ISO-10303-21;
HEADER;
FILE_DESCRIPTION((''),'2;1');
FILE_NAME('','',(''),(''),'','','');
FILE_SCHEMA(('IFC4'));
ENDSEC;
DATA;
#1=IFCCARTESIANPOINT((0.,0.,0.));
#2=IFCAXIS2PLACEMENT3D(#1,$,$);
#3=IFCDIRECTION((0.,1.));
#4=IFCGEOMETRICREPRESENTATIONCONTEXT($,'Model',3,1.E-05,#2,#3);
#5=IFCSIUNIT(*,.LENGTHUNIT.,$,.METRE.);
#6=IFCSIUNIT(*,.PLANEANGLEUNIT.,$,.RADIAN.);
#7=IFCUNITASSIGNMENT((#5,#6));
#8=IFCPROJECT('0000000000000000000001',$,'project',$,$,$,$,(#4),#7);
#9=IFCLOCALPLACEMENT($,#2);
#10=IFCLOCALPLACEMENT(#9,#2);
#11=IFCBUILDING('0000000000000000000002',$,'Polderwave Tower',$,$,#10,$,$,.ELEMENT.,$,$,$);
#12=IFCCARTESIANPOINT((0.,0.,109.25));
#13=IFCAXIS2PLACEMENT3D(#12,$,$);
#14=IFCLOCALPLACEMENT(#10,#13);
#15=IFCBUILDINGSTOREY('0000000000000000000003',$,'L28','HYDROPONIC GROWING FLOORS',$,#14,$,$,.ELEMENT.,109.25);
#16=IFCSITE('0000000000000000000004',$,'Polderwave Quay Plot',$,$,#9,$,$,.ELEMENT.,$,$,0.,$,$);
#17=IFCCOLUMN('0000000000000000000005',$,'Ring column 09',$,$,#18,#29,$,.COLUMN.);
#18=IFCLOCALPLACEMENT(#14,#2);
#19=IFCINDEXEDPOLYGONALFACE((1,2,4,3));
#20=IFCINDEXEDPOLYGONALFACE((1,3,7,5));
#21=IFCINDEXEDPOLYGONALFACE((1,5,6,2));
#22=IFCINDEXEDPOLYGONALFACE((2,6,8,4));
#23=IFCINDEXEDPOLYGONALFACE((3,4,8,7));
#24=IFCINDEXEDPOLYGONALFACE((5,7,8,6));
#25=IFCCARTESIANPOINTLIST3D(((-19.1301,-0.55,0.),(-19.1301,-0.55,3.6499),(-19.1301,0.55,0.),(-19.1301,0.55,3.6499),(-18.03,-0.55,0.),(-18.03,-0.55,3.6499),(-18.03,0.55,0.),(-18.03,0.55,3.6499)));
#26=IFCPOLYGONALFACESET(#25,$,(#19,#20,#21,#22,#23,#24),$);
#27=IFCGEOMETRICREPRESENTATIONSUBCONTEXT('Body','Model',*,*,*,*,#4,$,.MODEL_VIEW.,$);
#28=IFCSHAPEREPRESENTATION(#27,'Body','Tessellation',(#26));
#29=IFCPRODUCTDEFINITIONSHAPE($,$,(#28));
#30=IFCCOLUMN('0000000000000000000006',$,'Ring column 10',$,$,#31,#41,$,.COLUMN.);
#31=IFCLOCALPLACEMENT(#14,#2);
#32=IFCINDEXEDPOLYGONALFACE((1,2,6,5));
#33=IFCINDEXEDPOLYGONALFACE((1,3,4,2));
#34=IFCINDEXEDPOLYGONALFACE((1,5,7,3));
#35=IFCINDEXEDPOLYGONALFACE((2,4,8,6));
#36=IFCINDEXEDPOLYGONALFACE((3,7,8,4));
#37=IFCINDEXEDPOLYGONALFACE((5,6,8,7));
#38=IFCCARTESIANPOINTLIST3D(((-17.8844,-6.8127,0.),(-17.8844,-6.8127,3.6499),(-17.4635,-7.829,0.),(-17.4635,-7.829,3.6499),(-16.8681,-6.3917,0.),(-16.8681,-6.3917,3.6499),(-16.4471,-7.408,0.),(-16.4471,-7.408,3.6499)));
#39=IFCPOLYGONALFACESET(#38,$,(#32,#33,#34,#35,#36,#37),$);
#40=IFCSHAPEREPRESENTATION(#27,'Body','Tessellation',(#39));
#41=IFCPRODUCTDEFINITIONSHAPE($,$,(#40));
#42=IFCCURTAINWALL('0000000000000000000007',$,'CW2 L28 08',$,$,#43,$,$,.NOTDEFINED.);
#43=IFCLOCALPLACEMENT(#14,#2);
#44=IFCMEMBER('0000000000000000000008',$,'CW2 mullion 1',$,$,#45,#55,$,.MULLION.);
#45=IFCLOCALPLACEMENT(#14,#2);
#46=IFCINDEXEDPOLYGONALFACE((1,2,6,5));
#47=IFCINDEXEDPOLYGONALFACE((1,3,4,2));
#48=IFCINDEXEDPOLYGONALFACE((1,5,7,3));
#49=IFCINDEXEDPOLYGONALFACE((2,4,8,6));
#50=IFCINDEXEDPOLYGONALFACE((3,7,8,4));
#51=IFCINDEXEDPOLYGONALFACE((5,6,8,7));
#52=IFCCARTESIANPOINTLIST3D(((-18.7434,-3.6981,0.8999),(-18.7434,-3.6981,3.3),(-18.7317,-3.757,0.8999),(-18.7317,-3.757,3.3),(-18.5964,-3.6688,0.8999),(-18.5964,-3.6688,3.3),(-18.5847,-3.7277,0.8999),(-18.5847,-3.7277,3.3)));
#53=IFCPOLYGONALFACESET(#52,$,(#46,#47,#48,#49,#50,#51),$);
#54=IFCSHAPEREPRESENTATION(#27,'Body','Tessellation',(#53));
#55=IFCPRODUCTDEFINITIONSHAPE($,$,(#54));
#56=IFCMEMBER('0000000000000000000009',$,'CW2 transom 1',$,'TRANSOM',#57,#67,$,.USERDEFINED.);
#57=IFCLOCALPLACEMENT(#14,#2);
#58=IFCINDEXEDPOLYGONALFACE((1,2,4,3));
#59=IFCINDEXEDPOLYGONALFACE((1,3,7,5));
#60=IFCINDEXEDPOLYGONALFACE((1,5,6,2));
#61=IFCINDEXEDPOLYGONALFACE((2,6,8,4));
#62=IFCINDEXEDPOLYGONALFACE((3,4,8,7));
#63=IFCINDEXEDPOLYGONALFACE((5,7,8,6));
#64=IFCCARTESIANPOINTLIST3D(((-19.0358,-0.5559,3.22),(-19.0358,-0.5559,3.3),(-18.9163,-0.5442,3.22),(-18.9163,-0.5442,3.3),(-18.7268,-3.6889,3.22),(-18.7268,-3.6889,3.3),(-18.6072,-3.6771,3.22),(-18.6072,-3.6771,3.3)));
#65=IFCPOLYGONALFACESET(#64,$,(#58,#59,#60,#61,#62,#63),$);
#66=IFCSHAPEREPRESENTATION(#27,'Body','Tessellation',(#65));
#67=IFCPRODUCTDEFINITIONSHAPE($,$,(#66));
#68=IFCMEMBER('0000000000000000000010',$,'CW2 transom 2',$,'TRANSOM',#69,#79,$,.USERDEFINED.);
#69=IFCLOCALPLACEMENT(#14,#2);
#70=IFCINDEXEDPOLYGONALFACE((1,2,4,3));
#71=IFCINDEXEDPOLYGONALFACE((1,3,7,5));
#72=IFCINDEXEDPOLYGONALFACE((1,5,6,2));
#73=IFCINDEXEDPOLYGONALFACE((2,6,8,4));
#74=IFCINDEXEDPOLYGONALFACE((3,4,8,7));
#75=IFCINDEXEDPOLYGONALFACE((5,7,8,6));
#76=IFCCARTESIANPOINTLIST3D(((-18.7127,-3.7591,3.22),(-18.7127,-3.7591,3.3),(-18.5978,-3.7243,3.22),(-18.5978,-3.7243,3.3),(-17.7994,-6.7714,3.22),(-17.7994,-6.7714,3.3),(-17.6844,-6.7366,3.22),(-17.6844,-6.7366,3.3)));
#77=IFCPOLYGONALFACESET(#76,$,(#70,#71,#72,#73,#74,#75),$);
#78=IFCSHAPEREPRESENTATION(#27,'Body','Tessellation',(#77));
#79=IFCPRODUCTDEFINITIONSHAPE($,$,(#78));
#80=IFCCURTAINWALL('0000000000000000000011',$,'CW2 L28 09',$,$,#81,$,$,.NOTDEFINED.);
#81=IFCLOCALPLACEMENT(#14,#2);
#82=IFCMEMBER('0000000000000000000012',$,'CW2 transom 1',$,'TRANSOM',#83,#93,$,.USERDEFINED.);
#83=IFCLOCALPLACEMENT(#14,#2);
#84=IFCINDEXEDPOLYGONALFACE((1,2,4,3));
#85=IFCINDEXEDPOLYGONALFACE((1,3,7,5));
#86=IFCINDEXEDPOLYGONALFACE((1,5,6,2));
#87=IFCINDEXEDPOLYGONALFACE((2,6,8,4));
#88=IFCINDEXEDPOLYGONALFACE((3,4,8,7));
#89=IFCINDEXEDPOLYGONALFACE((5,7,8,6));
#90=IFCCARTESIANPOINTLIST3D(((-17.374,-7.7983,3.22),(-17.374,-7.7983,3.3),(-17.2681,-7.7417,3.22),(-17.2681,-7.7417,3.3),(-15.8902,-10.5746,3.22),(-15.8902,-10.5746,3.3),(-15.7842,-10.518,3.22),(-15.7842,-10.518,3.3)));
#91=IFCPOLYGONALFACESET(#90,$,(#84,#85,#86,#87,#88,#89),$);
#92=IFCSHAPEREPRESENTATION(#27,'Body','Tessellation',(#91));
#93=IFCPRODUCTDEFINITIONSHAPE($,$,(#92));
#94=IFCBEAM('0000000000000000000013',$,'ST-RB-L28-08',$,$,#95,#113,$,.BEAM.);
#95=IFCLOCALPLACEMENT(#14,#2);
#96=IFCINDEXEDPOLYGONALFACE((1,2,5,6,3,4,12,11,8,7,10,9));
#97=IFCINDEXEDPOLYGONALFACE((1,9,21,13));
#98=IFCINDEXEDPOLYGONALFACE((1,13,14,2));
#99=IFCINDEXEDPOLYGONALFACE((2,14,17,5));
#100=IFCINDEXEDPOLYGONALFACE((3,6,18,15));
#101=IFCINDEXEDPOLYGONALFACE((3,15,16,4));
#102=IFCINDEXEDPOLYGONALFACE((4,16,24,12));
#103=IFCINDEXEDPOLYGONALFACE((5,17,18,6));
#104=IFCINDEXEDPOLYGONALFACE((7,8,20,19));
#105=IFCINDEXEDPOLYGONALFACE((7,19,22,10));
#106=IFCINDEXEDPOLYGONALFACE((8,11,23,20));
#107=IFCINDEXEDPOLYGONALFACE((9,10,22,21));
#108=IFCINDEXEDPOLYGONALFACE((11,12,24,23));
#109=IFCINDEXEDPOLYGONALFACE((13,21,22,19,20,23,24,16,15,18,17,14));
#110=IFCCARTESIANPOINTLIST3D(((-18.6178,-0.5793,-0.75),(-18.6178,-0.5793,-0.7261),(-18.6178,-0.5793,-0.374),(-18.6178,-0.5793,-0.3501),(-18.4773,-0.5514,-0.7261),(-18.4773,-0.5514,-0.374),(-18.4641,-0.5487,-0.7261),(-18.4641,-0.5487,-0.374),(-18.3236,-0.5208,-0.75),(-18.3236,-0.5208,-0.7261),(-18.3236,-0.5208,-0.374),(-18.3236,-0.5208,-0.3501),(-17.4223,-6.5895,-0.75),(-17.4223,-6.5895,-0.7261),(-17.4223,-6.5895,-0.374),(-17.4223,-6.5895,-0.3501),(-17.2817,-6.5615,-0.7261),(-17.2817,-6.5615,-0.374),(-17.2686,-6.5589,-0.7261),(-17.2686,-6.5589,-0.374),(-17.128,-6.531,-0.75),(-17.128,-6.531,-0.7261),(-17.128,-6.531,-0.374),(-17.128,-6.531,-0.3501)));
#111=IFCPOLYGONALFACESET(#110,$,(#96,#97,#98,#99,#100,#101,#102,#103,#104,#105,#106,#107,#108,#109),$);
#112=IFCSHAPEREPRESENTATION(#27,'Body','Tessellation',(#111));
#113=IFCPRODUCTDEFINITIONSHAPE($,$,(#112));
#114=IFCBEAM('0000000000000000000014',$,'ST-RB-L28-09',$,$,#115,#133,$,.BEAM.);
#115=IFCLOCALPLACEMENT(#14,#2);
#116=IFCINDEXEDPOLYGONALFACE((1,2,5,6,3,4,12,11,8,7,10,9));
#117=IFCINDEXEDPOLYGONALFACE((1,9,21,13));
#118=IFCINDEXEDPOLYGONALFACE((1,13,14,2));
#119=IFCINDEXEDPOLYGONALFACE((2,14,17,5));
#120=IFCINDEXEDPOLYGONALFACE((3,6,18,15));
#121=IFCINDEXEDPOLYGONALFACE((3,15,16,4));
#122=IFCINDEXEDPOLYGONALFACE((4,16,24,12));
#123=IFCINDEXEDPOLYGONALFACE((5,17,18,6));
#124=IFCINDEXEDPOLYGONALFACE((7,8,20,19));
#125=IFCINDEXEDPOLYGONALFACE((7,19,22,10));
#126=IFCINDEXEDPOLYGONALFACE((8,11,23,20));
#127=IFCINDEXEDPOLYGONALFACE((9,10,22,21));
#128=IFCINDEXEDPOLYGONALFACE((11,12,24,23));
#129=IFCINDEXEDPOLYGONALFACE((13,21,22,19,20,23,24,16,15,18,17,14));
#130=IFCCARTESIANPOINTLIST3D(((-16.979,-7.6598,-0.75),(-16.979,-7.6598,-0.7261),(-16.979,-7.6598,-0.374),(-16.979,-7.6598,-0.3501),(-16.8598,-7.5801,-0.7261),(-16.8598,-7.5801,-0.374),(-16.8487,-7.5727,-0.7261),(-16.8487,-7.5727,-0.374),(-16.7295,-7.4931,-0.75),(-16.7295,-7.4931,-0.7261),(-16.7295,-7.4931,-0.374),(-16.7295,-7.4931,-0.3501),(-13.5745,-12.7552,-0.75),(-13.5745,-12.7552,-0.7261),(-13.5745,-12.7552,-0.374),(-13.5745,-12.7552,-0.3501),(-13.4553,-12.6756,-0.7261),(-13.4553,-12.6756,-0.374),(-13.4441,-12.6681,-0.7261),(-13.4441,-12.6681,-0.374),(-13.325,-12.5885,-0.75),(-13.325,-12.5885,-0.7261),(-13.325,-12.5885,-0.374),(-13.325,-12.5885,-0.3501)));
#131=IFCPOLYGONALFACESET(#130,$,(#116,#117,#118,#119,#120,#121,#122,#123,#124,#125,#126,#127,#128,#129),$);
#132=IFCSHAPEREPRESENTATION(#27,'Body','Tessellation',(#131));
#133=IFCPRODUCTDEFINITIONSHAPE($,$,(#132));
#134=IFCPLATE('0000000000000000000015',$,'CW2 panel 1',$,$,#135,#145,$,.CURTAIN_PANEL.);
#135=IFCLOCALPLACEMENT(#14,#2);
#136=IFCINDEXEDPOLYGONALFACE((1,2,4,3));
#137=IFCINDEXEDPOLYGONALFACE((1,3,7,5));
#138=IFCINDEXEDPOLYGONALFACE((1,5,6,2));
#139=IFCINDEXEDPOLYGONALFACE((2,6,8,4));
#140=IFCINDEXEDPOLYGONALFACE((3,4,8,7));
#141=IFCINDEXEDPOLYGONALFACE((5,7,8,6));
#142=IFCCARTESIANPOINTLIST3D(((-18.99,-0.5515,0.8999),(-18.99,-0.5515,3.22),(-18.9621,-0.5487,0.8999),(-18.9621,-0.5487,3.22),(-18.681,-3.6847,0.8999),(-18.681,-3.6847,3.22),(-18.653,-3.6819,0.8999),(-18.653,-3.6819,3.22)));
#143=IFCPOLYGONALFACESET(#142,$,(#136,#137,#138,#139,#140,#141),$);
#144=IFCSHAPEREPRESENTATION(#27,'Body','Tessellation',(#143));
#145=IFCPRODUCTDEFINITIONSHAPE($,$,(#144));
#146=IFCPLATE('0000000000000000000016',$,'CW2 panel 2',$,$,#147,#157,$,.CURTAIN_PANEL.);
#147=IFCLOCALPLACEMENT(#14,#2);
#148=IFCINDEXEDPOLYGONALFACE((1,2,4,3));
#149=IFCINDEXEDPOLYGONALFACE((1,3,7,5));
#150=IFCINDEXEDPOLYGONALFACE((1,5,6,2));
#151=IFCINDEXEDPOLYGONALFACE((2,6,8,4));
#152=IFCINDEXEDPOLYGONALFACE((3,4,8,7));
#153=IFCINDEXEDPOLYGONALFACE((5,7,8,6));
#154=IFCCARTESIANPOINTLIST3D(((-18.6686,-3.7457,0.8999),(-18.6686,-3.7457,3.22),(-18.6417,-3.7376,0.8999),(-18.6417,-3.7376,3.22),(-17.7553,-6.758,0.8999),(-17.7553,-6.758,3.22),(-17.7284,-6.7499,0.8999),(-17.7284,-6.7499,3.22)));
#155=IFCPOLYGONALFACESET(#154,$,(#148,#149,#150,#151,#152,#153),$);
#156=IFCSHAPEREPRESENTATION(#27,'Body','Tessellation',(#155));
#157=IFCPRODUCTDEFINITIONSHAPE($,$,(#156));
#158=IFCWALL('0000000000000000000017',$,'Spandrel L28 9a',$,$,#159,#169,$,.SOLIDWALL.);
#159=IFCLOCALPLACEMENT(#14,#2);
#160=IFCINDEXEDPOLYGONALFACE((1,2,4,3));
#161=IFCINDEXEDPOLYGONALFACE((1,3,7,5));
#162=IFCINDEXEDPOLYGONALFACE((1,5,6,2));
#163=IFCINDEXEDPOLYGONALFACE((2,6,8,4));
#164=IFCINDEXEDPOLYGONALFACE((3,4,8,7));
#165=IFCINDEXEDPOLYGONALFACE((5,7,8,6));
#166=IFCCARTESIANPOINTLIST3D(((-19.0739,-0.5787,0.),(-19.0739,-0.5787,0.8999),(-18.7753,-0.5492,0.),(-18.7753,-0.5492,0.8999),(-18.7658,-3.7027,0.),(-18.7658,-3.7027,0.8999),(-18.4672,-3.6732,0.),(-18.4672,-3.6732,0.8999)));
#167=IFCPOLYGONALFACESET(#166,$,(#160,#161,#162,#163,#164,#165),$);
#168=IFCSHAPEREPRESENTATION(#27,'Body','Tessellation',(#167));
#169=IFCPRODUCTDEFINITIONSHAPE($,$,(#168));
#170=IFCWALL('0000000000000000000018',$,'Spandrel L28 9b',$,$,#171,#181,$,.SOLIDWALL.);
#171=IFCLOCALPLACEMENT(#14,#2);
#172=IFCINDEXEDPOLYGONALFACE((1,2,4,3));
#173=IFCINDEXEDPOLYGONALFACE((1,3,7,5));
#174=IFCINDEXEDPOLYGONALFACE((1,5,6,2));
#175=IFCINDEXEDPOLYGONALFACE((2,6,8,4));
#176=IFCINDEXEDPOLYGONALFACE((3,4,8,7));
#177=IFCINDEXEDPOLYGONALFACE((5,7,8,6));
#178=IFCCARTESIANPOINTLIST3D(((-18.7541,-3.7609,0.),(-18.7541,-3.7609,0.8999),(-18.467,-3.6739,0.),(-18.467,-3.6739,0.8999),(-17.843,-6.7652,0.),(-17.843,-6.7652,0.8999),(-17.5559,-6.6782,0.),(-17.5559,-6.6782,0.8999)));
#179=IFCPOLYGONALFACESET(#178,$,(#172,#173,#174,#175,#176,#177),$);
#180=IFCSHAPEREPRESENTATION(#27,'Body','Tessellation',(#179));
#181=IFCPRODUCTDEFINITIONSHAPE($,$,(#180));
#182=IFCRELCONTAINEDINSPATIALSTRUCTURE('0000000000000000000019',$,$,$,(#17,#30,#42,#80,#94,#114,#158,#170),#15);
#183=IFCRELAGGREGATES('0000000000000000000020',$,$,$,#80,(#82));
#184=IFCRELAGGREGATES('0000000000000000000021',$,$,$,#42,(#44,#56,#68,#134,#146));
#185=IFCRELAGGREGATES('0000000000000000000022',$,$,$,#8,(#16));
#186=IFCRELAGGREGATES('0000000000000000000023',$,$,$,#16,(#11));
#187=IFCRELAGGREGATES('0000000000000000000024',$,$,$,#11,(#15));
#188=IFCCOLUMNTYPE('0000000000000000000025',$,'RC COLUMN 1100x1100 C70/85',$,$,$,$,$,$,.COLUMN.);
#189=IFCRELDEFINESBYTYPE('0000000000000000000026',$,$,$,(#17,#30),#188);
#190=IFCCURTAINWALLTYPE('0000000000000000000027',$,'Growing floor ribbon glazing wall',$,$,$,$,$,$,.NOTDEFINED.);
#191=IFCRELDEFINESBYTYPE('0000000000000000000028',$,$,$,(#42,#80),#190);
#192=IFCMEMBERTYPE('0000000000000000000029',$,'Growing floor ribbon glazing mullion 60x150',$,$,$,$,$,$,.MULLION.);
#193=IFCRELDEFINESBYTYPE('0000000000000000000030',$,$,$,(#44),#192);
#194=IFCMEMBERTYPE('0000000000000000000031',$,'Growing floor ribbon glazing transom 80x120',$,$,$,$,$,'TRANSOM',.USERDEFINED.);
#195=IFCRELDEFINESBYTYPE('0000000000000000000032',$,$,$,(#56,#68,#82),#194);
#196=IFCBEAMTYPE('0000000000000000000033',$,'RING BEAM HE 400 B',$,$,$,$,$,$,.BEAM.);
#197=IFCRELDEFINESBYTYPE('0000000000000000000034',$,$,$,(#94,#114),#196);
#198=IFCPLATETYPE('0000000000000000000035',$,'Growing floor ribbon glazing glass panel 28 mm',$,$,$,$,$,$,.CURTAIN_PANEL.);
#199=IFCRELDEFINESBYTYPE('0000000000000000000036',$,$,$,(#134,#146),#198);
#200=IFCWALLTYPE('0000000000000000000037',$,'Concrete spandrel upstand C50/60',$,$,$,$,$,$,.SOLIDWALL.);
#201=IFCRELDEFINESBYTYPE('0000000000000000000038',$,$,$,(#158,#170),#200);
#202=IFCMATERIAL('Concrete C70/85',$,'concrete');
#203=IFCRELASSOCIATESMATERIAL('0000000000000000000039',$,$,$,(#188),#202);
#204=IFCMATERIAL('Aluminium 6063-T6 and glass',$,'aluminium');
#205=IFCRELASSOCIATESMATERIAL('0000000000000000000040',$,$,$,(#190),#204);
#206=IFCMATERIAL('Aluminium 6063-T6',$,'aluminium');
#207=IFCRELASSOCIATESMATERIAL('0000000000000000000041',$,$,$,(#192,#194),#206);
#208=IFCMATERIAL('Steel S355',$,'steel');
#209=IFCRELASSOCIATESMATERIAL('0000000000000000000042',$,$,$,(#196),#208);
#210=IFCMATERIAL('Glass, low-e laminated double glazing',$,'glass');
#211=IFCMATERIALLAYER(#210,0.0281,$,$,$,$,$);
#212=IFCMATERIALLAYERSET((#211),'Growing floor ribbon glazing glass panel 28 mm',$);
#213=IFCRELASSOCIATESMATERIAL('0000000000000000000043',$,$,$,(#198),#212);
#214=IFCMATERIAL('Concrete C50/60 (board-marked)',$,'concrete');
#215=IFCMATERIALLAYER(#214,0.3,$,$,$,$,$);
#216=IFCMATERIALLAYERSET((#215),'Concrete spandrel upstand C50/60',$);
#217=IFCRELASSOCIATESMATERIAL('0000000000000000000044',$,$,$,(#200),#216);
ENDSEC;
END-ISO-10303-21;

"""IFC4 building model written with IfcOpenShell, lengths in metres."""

from ifc_helpers import new_model, si_unit, direction, frame, frame_2d, origin, origin_2d, place, context, subcontext, project, spatial, rectangle, i_section, extrude, material, layer, layer_set, material_profile, profile_set, type_object, element, aggregate, save


model = new_model("IFC4")

# Units and contexts
model_context = context("Model", 3, precision=1e-05, world=origin(), true_north=direction((0.0, 1.0)))
body_context = subcontext(model_context, "Body", "Model", "MODEL_VIEW")
ifc_project = project(units=[si_unit("LENGTHUNIT", "METRE"), si_unit("PLANEANGLEUNIT", "RADIAN")], contexts=[model_context])

# Site, building, storey
site_placement = place(None, origin())
site = spatial("IfcSite", under=ifc_project, at=site_placement, Name="Polderwave Quay Plot", CompositionType="ELEMENT", RefElevation=0.0)
building_placement = place(site_placement, origin())
building = spatial("IfcBuilding", under=site, at=building_placement, Name="Polderwave Tower", CompositionType="ELEMENT")
storey_placement = place(building_placement, frame((0.0, 0.0, 109.25)))
storey = spatial("IfcBuildingStorey", under=building, at=storey_placement, Name="L28", Description="HYDROPONIC GROWING FLOORS", CompositionType="ELEMENT", Elevation=109.25)

# Columns
ifc_material_1 = material(Name="Concrete C70/85", Category="concrete")
ifc_material_profile_1 = material_profile(ifc_material_1, rectangle(XDim=1.1001, YDim=1.1001, at=origin_2d()), Name="RC 1100x1100")
ifc_profile_set_1 = profile_set([ifc_material_profile_1], Name="Concrete C70/85")
column_type = type_object("IfcColumnType", Name="RC COLUMN 1100x1100 C70/85", PredefinedType="COLUMN", material=ifc_profile_set_1)
for number, where, z_axis, x_axis, name in (
    (1, (-18.5801, 0.0, 0.0), (0.0, 0.0, 1.0), (-1.0, 0.0, 0.0), "Ring column 09"),
    (2, (-17.1658, -7.1104, 0.0), (0.0, 0.0, 1.0), (-0.92388, -0.382683, 0.0), "Ring column 10"),
):
    element("IfcColumn", number, at=place(storey_placement, frame(where, z_axis=z_axis, x_axis=x_axis)), inside=storey, type_object=column_type, Name=name, PredefinedType="COLUMN", context=body_context, shape_type="SweptSolid", body=[
        extrude(rectangle(XDim=1.1001, YDim=1.1001, at=origin_2d()), origin(), (0.0, 0.0, 1.0), 3.6499),
    ])

# Curtain wall, members
ifc_material_2 = material(Name="Aluminium 6063-T6 and glass", Category="aluminium")
curtain_wall_type = type_object("IfcCurtainWallType", Name="Growing floor ribbon glazing wall", PredefinedType="NOTDEFINED", material=ifc_material_2)
curtain_wall_1_placement = place(storey_placement, origin())
curtain_wall_1 = element("IfcCurtainWall", 3, at=curtain_wall_1_placement, inside=storey, type_object=curtain_wall_type, Name="CW2 L28 08", PredefinedType="NOTDEFINED")
ifc_material_3 = material(Name="Aluminium 6063-T6", Category="aluminium")
ifc_material_profile_2 = material_profile(ifc_material_3, rectangle(XDim=0.1499, YDim=0.0601, at=origin_2d()), Name="AL 60x150")
ifc_profile_set_2 = profile_set([ifc_material_profile_2], Name="Aluminium 6063-T6")
member_type_1 = type_object("IfcMemberType", Name="Growing floor ribbon glazing mullion 60x150", PredefinedType="MULLION", material=ifc_profile_set_2)
member_1_placement = place(storey_placement, frame((-18.6641, -3.7129, 0.8999), z_axis=(0.0, 0.0, 1.0), x_axis=(0.980785, 0.195092, 0.0)))
member_1 = element("IfcMember", 4, at=member_1_placement, type_object=member_type_1, Name="CW2 mullion 1", PredefinedType="MULLION", context=body_context, shape_type="SweptSolid", body=[
    extrude(rectangle(XDim=0.1499, YDim=0.0601, at=origin_2d()), origin(), (0.0, 0.0, 1.0), 2.4001),
])
ifc_material_profile_3 = material_profile(ifc_material_3, rectangle(XDim=0.1201, YDim=0.0801, at=origin_2d()), Name="AL 80x120")
ifc_profile_set_3 = profile_set([ifc_material_profile_3], Name="Aluminium 6063-T6")
member_type_2 = type_object("IfcMemberType", Name="Growing floor ribbon glazing transom 80x120", ElementType="TRANSOM", PredefinedType="USERDEFINED", material=ifc_profile_set_3)
member_2_placement = place(storey_placement, frame((-18.9761, -0.55, 3.26), z_axis=(0.098175, -0.995169, 0.0), x_axis=(0.995169, 0.098175, 0.0)))
member_2 = element("IfcMember", 5, at=member_2_placement, type_object=member_type_2, Name="CW2 transom 1", ObjectType="TRANSOM", PredefinedType="USERDEFINED", context=body_context, shape_type="SweptSolid", body=[
    extrude(rectangle(XDim=0.1201, YDim=0.0801, at=origin_2d()), origin(), (0.0, 0.0, 1.0), 3.1482),
])
member_3_placement = place(storey_placement, frame((-18.6553, -3.7417, 3.26), z_axis=(0.290165, -0.956977, 0.0), x_axis=(0.956977, 0.290165, 0.0)))
member_3 = element("IfcMember", 6, at=member_3_placement, type_object=member_type_2, Name="CW2 transom 2", ObjectType="TRANSOM", PredefinedType="USERDEFINED", context=body_context, shape_type="SweptSolid", body=[
    extrude(rectangle(XDim=0.1201, YDim=0.0801, at=origin_2d()), origin(), (0.0, 0.0, 1.0), 3.1477),
])

# Curtain wall, member
curtain_wall_2_placement = place(storey_placement, origin())
curtain_wall_2 = element("IfcCurtainWall", 7, at=curtain_wall_2_placement, inside=storey, type_object=curtain_wall_type, Name="CW2 L28 09", PredefinedType="NOTDEFINED")
member_4_placement = place(storey_placement, frame((-17.321, -7.77, 3.26), z_axis=(0.471369, -0.881936, 0.0), x_axis=(0.881936, 0.471369, 0.0)))
member_4 = element("IfcMember", 8, at=member_4_placement, type_object=member_type_2, Name="CW2 transom 1", ObjectType="TRANSOM", PredefinedType="USERDEFINED", context=body_context, shape_type="SweptSolid", body=[
    extrude(rectangle(XDim=0.1201, YDim=0.0801, at=origin_2d()), origin(), (0.0, 0.0, 1.0), 3.1479),
])
aggregate(curtain_wall_2, [member_4])

# Beams
ifc_material_4 = material(Name="Steel S355", Category="steel")
ifc_material_profile_4 = material_profile(ifc_material_4, i_section(OverallWidth=0.3, OverallDepth=0.3999, WebThickness=0.0134, FlangeThickness=0.0239, at=origin_2d()), Name="HE 400 B")
ifc_profile_set_4 = profile_set([ifc_material_profile_4], Name="Steel S355")
beam_type = type_object("IfcBeamType", Name="RING BEAM HE 400 B", PredefinedType="BEAM", material=ifc_profile_set_4)
beam_1_placement = place(storey_placement, frame((-18.4707, -0.55, -0.55), z_axis=(0.195097, -0.980784, 0.0), x_axis=(0.980784, 0.195097, 0.0)))
element("IfcBeam", 9, at=beam_1_placement, inside=storey, type_object=beam_type, Name="ST-RB-L28-08", PredefinedType="BEAM", context=body_context, shape_type="SweptSolid", body=[
    extrude(i_section(OverallWidth=0.3, OverallDepth=0.3999, WebThickness=0.0134, FlangeThickness=0.0239, at=origin_2d()), origin(), (0.0, 0.0, 1.0), 6.1279),
])
beam_2_placement = place(storey_placement, frame((-16.8542, -7.5764, -0.55), z_axis=(0.555555, -0.83148, 0.0), x_axis=(0.83148, 0.555555, 0.0)))
element("IfcBeam", 10, at=beam_2_placement, inside=storey, type_object=beam_type, Name="ST-RB-L28-09", PredefinedType="BEAM", context=body_context, shape_type="SweptSolid", body=[
    extrude(i_section(OverallWidth=0.3, OverallDepth=0.3999, WebThickness=0.0134, FlangeThickness=0.0239, at=origin_2d()), origin(), (0.0, 0.0, 1.0), 6.1282),
])

# Plates
ifc_material_5 = material(Name="Glass, low-e laminated double glazing", Category="glass")
ifc_layer_1 = layer(ifc_material_5, 0.0281)
ifc_layer_set_1 = layer_set([ifc_layer_1], Name="Growing floor ribbon glazing glass panel 28 mm")
plate_type = type_object("IfcPlateType", Name="Growing floor ribbon glazing glass panel 28 mm", PredefinedType="CURTAIN_PANEL", material=ifc_layer_set_1)
plate_1_placement = place(storey_placement, frame((-18.8215, -2.1167, 0.8999), z_axis=(0.0, 0.0, 1.0), x_axis=(0.098165, -0.99517, 0.0)))
plate_1 = element("IfcPlate", 11, at=plate_1_placement, type_object=plate_type, Name="CW2 panel 1", PredefinedType="CURTAIN_PANEL", context=body_context, shape_type="SweptSolid", body=[
    extrude(rectangle(XDim=3.1484, YDim=0.0281, at=origin_2d()), origin(), (0.0, 0.0, 1.0), 2.3201),
])
plate_2_placement = place(storey_placement, frame((-18.1985, -5.2478, 0.8999), z_axis=(0.0, 0.0, 1.0), x_axis=(0.290148, -0.956982, 0.0)))
plate_2 = element("IfcPlate", 12, at=plate_2_placement, type_object=plate_type, Name="CW2 panel 2", PredefinedType="CURTAIN_PANEL", context=body_context, shape_type="SweptSolid", body=[
    extrude(rectangle(XDim=3.1477, YDim=0.0281, at=origin_2d()), origin(), (0.0, 0.0, 1.0), 2.3201),
])
aggregate(curtain_wall_1, [member_1, member_2, member_3, plate_1, plate_2])

# Walls
ifc_material_6 = material(Name="Concrete C50/60 (board-marked)", Category="concrete")
ifc_layer_2 = layer(ifc_material_6, 0.3)
ifc_layer_set_2 = layer_set([ifc_layer_2], Name="Concrete spandrel upstand C50/60")
wall_type_1 = type_object("IfcWallType", Name="Concrete spandrel upstand C50/60", PredefinedType="SOLIDWALL", material=ifc_layer_set_2)
wall_1_placement = place(storey_placement, frame((-18.9246, -0.564, 0.0), z_axis=(0.0, 0.0, 1.0), x_axis=(0.098148, -0.995172, 0.0)))
element("IfcWall", 13, at=wall_1_placement, inside=storey, type_object=wall_type_1, Name="Spandrel L28 9a", PredefinedType="SOLIDWALL", context=body_context, shape_type="SweptSolid", body=[
    extrude(rectangle(XDim=3.1392, YDim=0.3, at=frame_2d((1.5696, 0.0))), origin(), (0.0, 0.0, 1.0), 0.8999),
])
wall_2_placement = place(storey_placement, frame((-18.6106, -3.7173, 0.0), z_axis=(0.0, 0.0, 1.0), x_axis=(0.290215, -0.956962, 0.0)))
element("IfcWall", 14, at=wall_2_placement, inside=storey, type_object=wall_type_1, Name="Spandrel L28 9b", PredefinedType="SOLIDWALL", context=body_context, shape_type="SweptSolid", body=[
    extrude(rectangle(XDim=3.1394, YDim=0.3, at=frame_2d((1.5698, 0.0))), origin(), (0.0, 0.0, 1.0), 0.8999),
])

save(model, "model.ifc")
